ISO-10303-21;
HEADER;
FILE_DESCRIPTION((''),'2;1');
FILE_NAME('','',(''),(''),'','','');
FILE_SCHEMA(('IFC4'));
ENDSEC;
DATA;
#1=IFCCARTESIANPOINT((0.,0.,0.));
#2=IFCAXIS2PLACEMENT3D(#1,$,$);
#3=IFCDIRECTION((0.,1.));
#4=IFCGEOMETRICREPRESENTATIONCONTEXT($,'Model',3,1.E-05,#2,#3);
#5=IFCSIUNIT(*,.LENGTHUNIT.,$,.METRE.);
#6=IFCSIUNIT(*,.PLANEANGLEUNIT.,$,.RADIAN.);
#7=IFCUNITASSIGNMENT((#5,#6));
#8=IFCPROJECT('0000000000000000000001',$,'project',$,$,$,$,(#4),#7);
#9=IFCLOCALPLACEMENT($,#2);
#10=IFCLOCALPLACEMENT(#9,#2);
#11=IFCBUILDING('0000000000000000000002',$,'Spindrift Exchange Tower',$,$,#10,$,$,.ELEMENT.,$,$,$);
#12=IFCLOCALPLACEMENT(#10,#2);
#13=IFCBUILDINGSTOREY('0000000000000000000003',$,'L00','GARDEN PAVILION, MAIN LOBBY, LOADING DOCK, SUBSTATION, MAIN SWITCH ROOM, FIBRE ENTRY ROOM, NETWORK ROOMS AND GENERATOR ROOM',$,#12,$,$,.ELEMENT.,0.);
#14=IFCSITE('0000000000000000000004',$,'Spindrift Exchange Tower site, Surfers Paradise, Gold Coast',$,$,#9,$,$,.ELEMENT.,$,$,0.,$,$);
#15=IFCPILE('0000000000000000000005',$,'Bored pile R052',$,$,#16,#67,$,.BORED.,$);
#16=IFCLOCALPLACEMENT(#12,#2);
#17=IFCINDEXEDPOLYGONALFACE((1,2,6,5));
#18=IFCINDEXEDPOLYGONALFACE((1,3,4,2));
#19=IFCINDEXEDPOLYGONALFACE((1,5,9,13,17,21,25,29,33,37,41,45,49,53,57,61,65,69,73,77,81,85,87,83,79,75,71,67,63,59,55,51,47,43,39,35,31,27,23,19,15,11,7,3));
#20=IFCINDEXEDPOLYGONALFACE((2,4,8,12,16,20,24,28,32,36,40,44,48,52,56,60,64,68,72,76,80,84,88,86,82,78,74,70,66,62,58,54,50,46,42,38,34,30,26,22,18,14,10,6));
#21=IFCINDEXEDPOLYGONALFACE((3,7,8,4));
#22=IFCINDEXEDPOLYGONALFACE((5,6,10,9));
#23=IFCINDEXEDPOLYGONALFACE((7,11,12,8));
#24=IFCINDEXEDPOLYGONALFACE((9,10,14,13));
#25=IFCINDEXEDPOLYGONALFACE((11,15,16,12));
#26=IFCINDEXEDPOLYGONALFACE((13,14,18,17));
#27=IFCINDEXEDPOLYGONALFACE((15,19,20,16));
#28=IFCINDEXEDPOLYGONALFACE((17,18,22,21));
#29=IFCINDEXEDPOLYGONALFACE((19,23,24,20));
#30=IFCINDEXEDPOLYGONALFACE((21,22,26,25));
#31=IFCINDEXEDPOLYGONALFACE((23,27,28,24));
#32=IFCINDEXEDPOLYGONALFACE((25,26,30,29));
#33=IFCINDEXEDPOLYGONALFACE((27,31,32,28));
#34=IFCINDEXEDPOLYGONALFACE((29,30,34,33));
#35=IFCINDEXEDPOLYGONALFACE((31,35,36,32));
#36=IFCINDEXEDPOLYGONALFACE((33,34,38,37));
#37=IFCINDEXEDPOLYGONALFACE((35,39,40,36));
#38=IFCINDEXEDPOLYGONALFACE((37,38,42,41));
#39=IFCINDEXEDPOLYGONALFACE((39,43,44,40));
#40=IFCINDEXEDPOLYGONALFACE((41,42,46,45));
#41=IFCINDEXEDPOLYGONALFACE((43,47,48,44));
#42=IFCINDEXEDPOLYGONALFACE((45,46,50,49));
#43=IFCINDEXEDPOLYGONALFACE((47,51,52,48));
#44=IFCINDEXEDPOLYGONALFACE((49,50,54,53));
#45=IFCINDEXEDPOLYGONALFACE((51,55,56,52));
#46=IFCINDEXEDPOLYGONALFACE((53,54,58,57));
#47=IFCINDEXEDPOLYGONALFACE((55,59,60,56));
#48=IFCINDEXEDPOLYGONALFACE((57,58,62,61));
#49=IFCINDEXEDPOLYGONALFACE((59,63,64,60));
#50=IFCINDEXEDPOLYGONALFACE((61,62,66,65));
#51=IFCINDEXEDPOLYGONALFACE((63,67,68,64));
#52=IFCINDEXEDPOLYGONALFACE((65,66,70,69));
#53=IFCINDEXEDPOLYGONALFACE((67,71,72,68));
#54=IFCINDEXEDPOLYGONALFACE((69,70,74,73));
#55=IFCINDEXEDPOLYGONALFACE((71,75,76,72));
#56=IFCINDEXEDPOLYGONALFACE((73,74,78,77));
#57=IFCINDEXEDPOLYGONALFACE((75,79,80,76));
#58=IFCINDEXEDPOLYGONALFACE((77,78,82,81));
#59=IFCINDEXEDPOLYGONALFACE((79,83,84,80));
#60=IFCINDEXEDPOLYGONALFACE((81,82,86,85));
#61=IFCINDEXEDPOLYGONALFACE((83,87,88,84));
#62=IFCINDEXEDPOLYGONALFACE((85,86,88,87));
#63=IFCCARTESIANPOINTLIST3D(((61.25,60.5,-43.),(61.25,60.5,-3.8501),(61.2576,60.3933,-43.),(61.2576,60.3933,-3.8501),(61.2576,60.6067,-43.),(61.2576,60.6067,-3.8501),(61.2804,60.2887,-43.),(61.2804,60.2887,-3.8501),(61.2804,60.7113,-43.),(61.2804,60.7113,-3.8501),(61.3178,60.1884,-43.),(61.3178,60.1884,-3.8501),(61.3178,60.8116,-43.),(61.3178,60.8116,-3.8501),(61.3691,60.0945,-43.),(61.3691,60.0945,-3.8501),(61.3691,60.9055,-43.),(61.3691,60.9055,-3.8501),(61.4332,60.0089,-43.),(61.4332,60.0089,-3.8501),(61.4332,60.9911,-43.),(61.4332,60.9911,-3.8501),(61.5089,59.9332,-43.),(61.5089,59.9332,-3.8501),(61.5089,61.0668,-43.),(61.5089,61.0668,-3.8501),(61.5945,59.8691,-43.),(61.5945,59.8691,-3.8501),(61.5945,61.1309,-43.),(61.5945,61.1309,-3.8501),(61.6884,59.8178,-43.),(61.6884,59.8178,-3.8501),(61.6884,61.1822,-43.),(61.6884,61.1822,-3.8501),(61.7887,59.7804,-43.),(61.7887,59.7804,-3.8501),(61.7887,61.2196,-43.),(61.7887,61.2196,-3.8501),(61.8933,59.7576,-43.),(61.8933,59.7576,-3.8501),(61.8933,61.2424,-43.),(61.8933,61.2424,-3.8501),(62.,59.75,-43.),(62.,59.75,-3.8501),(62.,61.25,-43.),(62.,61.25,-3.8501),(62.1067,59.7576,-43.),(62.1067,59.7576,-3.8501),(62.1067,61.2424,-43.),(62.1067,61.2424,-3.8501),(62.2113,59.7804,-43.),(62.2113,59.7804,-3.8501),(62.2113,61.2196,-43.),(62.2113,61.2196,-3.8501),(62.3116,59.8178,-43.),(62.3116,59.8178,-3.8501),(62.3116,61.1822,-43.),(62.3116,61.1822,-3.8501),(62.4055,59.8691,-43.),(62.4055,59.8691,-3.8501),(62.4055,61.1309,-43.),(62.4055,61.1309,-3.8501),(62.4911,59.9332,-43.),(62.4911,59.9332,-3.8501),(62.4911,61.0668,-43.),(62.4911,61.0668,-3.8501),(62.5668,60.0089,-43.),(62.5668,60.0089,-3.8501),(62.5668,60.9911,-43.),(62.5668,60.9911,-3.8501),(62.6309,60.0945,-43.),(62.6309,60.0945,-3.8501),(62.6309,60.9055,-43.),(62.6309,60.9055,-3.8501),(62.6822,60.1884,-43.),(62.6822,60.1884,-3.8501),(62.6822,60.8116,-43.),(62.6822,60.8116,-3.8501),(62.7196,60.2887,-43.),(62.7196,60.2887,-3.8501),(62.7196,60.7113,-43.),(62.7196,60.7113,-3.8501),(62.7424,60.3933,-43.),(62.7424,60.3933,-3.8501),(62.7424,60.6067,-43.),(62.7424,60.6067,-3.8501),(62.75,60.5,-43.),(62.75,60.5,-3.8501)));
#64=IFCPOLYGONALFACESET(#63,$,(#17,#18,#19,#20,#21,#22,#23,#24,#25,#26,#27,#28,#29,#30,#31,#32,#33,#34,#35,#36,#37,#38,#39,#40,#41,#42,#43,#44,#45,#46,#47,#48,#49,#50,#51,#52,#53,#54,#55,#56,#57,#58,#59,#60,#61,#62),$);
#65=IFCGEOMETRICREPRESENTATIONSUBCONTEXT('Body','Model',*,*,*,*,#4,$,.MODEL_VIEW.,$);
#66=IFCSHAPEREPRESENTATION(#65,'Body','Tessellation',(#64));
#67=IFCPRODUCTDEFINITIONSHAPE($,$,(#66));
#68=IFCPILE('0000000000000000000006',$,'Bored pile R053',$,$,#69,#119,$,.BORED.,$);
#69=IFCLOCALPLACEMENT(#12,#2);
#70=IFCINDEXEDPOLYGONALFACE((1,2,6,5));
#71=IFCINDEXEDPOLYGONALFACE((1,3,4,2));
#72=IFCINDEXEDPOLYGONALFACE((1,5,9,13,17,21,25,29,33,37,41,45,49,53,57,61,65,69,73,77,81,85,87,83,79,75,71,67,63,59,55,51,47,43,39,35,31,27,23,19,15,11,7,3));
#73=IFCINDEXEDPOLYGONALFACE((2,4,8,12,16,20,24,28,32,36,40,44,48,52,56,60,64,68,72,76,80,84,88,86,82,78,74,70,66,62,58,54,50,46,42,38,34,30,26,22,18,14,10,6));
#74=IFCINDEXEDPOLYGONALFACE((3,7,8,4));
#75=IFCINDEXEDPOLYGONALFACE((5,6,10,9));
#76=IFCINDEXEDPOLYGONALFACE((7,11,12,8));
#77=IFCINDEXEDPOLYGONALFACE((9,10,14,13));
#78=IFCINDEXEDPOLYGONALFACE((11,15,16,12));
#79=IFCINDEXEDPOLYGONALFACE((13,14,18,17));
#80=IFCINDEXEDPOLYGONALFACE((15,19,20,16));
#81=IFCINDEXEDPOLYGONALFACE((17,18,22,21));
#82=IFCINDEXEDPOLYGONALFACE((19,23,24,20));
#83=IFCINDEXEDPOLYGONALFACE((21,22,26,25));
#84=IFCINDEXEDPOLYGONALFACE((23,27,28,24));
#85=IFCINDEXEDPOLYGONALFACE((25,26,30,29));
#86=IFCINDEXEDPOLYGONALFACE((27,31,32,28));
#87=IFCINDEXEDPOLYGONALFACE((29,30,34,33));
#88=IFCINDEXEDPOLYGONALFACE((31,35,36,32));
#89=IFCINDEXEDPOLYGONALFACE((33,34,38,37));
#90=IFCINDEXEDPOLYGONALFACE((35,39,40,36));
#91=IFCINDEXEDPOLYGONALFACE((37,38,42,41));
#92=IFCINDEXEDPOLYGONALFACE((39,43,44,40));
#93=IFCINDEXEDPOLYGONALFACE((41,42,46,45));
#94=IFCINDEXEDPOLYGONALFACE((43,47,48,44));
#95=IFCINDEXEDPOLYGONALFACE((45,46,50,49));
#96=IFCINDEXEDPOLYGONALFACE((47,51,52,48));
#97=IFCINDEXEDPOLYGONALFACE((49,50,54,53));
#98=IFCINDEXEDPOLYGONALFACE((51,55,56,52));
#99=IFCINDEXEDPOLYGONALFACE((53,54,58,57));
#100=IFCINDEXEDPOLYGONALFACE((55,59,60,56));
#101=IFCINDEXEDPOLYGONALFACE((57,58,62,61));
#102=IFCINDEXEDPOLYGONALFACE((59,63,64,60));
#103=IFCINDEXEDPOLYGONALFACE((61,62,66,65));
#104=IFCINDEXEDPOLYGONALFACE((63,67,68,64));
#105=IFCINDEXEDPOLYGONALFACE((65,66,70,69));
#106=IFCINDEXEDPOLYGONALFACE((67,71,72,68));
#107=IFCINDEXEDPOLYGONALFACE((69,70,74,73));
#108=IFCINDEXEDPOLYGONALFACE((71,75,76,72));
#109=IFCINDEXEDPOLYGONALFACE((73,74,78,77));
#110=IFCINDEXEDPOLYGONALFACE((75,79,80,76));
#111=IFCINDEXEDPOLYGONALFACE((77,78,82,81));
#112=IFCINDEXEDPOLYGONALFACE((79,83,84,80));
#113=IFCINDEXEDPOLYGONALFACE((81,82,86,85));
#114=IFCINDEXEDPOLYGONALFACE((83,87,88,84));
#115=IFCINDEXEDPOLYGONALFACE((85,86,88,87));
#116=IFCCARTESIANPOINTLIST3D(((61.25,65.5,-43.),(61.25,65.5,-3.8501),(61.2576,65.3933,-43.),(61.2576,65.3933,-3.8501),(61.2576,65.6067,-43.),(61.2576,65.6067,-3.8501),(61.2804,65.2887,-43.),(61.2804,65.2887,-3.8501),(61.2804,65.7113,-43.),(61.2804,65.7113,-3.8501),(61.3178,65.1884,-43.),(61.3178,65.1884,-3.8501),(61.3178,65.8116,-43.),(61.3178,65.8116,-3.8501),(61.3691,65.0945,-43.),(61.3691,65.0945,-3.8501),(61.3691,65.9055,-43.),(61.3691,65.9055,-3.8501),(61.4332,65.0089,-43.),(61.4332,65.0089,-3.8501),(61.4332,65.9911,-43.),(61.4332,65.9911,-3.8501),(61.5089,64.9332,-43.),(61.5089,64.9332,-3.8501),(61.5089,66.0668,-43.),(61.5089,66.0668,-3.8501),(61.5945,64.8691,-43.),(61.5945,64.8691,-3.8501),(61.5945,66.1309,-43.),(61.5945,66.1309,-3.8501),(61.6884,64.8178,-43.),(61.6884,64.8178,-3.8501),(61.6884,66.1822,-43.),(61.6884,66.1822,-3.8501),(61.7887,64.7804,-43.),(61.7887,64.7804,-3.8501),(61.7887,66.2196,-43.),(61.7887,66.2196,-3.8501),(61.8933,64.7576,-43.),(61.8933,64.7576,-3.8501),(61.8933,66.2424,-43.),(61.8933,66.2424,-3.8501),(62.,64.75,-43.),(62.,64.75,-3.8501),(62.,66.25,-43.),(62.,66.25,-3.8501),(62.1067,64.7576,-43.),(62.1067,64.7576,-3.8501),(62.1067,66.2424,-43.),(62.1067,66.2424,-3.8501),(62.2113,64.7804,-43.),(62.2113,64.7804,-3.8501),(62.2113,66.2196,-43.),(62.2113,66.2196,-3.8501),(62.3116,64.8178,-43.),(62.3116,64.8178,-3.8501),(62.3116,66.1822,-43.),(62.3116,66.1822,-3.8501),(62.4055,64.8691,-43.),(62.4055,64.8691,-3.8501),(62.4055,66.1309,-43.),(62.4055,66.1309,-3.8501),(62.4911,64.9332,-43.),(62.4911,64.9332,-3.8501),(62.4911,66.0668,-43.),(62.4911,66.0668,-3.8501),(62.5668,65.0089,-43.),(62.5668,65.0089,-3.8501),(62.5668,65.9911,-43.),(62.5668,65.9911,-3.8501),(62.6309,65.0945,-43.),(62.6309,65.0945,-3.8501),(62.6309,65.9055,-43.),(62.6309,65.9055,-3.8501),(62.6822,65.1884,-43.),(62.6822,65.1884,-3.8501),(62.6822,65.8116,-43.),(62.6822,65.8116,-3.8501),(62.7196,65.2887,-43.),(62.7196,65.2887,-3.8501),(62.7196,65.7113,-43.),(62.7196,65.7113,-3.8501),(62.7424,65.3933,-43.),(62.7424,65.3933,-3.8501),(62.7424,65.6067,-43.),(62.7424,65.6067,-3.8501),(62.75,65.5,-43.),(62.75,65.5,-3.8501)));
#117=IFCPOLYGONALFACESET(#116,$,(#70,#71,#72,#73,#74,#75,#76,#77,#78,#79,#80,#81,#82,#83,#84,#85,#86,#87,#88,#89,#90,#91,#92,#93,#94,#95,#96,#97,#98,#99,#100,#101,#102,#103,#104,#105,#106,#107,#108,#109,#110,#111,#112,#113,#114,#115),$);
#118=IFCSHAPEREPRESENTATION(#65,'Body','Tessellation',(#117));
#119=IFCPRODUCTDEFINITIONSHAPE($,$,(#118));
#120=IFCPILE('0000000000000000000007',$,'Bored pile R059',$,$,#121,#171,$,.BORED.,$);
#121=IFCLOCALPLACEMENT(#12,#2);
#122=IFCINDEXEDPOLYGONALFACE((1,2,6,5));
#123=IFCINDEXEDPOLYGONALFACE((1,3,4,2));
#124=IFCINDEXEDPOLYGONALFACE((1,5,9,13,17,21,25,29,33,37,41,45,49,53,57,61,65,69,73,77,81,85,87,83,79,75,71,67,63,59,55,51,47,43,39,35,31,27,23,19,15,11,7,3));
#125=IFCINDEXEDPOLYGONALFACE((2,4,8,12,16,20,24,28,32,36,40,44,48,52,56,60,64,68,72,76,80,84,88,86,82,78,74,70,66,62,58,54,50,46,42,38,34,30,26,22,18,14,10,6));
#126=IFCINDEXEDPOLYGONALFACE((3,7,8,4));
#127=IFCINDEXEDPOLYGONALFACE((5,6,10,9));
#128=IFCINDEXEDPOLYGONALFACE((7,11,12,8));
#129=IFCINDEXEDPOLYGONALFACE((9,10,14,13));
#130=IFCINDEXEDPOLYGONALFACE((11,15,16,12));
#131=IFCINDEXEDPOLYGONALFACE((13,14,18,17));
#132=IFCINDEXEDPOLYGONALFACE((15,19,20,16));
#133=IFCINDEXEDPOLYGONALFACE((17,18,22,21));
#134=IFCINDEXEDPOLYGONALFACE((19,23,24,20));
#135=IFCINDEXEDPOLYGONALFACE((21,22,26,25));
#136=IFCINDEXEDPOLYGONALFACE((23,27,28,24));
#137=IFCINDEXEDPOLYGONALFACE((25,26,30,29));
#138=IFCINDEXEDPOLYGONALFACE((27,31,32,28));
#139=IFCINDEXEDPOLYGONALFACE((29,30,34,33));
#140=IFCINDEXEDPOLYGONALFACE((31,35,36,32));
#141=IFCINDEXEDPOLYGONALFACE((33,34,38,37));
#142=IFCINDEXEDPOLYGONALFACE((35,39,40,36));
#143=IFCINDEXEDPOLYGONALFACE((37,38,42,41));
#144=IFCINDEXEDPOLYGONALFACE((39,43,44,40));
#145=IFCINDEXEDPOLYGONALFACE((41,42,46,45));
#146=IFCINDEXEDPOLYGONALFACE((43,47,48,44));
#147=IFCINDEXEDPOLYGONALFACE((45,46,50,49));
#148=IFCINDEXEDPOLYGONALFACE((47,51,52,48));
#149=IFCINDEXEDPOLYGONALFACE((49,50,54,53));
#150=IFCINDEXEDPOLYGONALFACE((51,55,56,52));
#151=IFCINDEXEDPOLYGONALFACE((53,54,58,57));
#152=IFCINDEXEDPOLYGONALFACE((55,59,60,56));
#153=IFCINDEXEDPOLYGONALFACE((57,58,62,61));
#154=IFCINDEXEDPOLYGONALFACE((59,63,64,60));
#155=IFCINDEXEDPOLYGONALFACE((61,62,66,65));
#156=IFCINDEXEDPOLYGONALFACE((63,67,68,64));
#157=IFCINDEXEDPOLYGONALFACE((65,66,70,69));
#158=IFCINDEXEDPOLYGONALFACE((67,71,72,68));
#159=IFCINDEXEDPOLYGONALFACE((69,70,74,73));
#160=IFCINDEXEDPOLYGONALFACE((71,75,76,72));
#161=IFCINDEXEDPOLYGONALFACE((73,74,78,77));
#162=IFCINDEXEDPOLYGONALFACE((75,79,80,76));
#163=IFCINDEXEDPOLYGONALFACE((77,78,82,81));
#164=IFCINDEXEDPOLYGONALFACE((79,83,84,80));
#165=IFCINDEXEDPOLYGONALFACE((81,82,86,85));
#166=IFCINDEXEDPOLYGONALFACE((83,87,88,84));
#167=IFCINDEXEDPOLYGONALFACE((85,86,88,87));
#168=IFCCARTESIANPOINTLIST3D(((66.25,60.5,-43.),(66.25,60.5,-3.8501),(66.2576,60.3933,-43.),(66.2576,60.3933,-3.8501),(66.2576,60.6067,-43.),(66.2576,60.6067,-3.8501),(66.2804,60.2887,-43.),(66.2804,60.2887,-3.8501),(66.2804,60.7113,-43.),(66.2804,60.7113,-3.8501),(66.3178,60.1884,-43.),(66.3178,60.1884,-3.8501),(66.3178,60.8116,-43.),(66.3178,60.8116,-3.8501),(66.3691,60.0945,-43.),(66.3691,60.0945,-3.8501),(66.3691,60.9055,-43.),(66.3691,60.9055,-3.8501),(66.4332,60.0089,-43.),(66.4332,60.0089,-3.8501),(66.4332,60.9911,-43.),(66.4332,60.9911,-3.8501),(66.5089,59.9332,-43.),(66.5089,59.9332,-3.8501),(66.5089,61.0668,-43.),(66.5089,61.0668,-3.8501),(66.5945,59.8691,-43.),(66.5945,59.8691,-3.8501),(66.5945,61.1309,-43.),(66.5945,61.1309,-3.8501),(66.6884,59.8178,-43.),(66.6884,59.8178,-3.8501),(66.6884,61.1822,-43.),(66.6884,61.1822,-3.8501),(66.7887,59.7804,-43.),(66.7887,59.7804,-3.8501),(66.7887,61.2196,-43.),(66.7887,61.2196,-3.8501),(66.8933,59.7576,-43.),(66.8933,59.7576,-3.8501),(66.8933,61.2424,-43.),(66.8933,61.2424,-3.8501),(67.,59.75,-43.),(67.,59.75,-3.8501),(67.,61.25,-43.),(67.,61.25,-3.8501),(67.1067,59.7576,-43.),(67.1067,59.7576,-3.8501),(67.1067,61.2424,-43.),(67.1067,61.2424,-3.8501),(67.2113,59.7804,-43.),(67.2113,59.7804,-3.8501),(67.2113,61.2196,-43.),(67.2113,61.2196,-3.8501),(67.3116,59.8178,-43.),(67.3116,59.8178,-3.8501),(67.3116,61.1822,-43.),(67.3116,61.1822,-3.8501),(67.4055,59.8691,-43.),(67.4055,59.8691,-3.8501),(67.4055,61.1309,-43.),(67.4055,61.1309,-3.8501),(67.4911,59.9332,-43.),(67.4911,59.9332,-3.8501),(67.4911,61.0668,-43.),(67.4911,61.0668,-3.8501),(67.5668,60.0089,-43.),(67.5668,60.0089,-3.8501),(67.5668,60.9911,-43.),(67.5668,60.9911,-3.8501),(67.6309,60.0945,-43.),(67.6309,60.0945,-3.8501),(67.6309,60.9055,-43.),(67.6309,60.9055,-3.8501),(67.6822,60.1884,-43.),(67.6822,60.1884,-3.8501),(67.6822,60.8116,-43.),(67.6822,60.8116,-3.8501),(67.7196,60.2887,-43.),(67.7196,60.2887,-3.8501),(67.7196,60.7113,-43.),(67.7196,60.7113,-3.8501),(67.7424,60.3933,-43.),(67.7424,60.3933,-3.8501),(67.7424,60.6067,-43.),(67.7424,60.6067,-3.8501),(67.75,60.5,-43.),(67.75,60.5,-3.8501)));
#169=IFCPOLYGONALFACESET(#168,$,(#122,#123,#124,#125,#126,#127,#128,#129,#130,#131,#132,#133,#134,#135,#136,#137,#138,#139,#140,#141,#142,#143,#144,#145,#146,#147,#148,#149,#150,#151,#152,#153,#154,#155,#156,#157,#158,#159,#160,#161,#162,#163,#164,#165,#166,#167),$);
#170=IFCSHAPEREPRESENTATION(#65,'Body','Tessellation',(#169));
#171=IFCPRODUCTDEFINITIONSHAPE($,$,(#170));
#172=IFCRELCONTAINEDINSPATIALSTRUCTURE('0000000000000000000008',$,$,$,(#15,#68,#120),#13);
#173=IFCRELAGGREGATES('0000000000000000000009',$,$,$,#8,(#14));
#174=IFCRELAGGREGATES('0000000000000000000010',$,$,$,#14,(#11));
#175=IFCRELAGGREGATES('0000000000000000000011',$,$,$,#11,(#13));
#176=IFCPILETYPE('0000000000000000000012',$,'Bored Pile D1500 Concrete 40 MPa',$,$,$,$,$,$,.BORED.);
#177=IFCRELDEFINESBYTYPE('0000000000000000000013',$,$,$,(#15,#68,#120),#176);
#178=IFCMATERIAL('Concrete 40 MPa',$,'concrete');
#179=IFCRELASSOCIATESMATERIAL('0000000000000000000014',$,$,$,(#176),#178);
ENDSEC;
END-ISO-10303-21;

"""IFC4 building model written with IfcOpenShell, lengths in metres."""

from ifc_helpers import new_model, si_unit, direction, frame, origin, origin_2d, place, context, subcontext, project, spatial, circle, extrude, source, transform, mapped, material, material_profile, profile_set, type_object, element, save


model = new_model("IFC4")

# Units and contexts
model_context = context("Model", 3, precision=1e-05, world=origin(), true_north=direction((0.0, 1.0)))
body_context = subcontext(model_context, "Body", "Model", "MODEL_VIEW")
ifc_project = project(units=[si_unit("LENGTHUNIT", "METRE"), si_unit("PLANEANGLEUNIT", "RADIAN")], contexts=[model_context])

# Site, building, storey
site_placement = place(None, origin())
site = spatial("IfcSite", under=ifc_project, at=site_placement, Name="Spindrift Exchange Tower site, Surfers Paradise, Gold Coast", CompositionType="ELEMENT", RefElevation=0.0)
building_placement = place(site_placement, origin())
building = spatial("IfcBuilding", under=site, at=building_placement, Name="Spindrift Exchange Tower", CompositionType="ELEMENT")
storey_placement = place(building_placement, origin())
storey = spatial("IfcBuildingStorey", under=building, at=storey_placement, Name="L00", Description="GARDEN PAVILION, MAIN LOBBY, LOADING DOCK, SUBSTATION, MAIN SWITCH ROOM, FIBRE ENTRY ROOM, NETWORK ROOMS AND GENERATOR ROOM", CompositionType="ELEMENT", Elevation=0.0)

# Piles
ifc_material_1 = material(Name="Concrete 40 MPa", Category="concrete")
ifc_material_profile_1 = material_profile(ifc_material_1, circle(Radius=0.75, at=origin_2d()), Name="BP D1500")
ifc_profile_set_1 = profile_set([ifc_material_profile_1], Name="Concrete 40 MPa")
pile_type_1 = type_object("IfcPileType", Name="Bored Pile D1500 Concrete 40 MPa", PredefinedType="BORED", material=ifc_profile_set_1)
shared_shape_1 = source(origin(), body_context, "Body", "SweptSolid", [
    extrude(circle(Radius=0.75, at=origin_2d()), origin(), (0.0, 0.0, 1.0), 39.1499),
])
for number, where, z_axis, x_axis, name in (
    (1, (62.0, 60.5, -3.8501), (0.0, 0.0, -1.0), (1.0, 0.0, 0.0), "Bored pile R052"),
    (2, (62.0, 65.5, -3.8501), (0.0, 0.0, -1.0), (1.0, 0.0, 0.0), "Bored pile R053"),
    (3, (67.0, 60.5, -3.8501), (0.0, 0.0, -1.0), (1.0, 0.0, 0.0), "Bored pile R059"),
):
    element("IfcPile", number, at=place(storey_placement, frame(where, z_axis=z_axis, x_axis=x_axis)), inside=storey, type_object=pile_type_1, Name=name, PredefinedType="BORED", context=body_context, shape_type="MappedRepresentation", body=[
        mapped(shared_shape_1, transform((0.0, 0.0, 0.0), scale=1.0)),
    ])

save(model, "model.ifc")
